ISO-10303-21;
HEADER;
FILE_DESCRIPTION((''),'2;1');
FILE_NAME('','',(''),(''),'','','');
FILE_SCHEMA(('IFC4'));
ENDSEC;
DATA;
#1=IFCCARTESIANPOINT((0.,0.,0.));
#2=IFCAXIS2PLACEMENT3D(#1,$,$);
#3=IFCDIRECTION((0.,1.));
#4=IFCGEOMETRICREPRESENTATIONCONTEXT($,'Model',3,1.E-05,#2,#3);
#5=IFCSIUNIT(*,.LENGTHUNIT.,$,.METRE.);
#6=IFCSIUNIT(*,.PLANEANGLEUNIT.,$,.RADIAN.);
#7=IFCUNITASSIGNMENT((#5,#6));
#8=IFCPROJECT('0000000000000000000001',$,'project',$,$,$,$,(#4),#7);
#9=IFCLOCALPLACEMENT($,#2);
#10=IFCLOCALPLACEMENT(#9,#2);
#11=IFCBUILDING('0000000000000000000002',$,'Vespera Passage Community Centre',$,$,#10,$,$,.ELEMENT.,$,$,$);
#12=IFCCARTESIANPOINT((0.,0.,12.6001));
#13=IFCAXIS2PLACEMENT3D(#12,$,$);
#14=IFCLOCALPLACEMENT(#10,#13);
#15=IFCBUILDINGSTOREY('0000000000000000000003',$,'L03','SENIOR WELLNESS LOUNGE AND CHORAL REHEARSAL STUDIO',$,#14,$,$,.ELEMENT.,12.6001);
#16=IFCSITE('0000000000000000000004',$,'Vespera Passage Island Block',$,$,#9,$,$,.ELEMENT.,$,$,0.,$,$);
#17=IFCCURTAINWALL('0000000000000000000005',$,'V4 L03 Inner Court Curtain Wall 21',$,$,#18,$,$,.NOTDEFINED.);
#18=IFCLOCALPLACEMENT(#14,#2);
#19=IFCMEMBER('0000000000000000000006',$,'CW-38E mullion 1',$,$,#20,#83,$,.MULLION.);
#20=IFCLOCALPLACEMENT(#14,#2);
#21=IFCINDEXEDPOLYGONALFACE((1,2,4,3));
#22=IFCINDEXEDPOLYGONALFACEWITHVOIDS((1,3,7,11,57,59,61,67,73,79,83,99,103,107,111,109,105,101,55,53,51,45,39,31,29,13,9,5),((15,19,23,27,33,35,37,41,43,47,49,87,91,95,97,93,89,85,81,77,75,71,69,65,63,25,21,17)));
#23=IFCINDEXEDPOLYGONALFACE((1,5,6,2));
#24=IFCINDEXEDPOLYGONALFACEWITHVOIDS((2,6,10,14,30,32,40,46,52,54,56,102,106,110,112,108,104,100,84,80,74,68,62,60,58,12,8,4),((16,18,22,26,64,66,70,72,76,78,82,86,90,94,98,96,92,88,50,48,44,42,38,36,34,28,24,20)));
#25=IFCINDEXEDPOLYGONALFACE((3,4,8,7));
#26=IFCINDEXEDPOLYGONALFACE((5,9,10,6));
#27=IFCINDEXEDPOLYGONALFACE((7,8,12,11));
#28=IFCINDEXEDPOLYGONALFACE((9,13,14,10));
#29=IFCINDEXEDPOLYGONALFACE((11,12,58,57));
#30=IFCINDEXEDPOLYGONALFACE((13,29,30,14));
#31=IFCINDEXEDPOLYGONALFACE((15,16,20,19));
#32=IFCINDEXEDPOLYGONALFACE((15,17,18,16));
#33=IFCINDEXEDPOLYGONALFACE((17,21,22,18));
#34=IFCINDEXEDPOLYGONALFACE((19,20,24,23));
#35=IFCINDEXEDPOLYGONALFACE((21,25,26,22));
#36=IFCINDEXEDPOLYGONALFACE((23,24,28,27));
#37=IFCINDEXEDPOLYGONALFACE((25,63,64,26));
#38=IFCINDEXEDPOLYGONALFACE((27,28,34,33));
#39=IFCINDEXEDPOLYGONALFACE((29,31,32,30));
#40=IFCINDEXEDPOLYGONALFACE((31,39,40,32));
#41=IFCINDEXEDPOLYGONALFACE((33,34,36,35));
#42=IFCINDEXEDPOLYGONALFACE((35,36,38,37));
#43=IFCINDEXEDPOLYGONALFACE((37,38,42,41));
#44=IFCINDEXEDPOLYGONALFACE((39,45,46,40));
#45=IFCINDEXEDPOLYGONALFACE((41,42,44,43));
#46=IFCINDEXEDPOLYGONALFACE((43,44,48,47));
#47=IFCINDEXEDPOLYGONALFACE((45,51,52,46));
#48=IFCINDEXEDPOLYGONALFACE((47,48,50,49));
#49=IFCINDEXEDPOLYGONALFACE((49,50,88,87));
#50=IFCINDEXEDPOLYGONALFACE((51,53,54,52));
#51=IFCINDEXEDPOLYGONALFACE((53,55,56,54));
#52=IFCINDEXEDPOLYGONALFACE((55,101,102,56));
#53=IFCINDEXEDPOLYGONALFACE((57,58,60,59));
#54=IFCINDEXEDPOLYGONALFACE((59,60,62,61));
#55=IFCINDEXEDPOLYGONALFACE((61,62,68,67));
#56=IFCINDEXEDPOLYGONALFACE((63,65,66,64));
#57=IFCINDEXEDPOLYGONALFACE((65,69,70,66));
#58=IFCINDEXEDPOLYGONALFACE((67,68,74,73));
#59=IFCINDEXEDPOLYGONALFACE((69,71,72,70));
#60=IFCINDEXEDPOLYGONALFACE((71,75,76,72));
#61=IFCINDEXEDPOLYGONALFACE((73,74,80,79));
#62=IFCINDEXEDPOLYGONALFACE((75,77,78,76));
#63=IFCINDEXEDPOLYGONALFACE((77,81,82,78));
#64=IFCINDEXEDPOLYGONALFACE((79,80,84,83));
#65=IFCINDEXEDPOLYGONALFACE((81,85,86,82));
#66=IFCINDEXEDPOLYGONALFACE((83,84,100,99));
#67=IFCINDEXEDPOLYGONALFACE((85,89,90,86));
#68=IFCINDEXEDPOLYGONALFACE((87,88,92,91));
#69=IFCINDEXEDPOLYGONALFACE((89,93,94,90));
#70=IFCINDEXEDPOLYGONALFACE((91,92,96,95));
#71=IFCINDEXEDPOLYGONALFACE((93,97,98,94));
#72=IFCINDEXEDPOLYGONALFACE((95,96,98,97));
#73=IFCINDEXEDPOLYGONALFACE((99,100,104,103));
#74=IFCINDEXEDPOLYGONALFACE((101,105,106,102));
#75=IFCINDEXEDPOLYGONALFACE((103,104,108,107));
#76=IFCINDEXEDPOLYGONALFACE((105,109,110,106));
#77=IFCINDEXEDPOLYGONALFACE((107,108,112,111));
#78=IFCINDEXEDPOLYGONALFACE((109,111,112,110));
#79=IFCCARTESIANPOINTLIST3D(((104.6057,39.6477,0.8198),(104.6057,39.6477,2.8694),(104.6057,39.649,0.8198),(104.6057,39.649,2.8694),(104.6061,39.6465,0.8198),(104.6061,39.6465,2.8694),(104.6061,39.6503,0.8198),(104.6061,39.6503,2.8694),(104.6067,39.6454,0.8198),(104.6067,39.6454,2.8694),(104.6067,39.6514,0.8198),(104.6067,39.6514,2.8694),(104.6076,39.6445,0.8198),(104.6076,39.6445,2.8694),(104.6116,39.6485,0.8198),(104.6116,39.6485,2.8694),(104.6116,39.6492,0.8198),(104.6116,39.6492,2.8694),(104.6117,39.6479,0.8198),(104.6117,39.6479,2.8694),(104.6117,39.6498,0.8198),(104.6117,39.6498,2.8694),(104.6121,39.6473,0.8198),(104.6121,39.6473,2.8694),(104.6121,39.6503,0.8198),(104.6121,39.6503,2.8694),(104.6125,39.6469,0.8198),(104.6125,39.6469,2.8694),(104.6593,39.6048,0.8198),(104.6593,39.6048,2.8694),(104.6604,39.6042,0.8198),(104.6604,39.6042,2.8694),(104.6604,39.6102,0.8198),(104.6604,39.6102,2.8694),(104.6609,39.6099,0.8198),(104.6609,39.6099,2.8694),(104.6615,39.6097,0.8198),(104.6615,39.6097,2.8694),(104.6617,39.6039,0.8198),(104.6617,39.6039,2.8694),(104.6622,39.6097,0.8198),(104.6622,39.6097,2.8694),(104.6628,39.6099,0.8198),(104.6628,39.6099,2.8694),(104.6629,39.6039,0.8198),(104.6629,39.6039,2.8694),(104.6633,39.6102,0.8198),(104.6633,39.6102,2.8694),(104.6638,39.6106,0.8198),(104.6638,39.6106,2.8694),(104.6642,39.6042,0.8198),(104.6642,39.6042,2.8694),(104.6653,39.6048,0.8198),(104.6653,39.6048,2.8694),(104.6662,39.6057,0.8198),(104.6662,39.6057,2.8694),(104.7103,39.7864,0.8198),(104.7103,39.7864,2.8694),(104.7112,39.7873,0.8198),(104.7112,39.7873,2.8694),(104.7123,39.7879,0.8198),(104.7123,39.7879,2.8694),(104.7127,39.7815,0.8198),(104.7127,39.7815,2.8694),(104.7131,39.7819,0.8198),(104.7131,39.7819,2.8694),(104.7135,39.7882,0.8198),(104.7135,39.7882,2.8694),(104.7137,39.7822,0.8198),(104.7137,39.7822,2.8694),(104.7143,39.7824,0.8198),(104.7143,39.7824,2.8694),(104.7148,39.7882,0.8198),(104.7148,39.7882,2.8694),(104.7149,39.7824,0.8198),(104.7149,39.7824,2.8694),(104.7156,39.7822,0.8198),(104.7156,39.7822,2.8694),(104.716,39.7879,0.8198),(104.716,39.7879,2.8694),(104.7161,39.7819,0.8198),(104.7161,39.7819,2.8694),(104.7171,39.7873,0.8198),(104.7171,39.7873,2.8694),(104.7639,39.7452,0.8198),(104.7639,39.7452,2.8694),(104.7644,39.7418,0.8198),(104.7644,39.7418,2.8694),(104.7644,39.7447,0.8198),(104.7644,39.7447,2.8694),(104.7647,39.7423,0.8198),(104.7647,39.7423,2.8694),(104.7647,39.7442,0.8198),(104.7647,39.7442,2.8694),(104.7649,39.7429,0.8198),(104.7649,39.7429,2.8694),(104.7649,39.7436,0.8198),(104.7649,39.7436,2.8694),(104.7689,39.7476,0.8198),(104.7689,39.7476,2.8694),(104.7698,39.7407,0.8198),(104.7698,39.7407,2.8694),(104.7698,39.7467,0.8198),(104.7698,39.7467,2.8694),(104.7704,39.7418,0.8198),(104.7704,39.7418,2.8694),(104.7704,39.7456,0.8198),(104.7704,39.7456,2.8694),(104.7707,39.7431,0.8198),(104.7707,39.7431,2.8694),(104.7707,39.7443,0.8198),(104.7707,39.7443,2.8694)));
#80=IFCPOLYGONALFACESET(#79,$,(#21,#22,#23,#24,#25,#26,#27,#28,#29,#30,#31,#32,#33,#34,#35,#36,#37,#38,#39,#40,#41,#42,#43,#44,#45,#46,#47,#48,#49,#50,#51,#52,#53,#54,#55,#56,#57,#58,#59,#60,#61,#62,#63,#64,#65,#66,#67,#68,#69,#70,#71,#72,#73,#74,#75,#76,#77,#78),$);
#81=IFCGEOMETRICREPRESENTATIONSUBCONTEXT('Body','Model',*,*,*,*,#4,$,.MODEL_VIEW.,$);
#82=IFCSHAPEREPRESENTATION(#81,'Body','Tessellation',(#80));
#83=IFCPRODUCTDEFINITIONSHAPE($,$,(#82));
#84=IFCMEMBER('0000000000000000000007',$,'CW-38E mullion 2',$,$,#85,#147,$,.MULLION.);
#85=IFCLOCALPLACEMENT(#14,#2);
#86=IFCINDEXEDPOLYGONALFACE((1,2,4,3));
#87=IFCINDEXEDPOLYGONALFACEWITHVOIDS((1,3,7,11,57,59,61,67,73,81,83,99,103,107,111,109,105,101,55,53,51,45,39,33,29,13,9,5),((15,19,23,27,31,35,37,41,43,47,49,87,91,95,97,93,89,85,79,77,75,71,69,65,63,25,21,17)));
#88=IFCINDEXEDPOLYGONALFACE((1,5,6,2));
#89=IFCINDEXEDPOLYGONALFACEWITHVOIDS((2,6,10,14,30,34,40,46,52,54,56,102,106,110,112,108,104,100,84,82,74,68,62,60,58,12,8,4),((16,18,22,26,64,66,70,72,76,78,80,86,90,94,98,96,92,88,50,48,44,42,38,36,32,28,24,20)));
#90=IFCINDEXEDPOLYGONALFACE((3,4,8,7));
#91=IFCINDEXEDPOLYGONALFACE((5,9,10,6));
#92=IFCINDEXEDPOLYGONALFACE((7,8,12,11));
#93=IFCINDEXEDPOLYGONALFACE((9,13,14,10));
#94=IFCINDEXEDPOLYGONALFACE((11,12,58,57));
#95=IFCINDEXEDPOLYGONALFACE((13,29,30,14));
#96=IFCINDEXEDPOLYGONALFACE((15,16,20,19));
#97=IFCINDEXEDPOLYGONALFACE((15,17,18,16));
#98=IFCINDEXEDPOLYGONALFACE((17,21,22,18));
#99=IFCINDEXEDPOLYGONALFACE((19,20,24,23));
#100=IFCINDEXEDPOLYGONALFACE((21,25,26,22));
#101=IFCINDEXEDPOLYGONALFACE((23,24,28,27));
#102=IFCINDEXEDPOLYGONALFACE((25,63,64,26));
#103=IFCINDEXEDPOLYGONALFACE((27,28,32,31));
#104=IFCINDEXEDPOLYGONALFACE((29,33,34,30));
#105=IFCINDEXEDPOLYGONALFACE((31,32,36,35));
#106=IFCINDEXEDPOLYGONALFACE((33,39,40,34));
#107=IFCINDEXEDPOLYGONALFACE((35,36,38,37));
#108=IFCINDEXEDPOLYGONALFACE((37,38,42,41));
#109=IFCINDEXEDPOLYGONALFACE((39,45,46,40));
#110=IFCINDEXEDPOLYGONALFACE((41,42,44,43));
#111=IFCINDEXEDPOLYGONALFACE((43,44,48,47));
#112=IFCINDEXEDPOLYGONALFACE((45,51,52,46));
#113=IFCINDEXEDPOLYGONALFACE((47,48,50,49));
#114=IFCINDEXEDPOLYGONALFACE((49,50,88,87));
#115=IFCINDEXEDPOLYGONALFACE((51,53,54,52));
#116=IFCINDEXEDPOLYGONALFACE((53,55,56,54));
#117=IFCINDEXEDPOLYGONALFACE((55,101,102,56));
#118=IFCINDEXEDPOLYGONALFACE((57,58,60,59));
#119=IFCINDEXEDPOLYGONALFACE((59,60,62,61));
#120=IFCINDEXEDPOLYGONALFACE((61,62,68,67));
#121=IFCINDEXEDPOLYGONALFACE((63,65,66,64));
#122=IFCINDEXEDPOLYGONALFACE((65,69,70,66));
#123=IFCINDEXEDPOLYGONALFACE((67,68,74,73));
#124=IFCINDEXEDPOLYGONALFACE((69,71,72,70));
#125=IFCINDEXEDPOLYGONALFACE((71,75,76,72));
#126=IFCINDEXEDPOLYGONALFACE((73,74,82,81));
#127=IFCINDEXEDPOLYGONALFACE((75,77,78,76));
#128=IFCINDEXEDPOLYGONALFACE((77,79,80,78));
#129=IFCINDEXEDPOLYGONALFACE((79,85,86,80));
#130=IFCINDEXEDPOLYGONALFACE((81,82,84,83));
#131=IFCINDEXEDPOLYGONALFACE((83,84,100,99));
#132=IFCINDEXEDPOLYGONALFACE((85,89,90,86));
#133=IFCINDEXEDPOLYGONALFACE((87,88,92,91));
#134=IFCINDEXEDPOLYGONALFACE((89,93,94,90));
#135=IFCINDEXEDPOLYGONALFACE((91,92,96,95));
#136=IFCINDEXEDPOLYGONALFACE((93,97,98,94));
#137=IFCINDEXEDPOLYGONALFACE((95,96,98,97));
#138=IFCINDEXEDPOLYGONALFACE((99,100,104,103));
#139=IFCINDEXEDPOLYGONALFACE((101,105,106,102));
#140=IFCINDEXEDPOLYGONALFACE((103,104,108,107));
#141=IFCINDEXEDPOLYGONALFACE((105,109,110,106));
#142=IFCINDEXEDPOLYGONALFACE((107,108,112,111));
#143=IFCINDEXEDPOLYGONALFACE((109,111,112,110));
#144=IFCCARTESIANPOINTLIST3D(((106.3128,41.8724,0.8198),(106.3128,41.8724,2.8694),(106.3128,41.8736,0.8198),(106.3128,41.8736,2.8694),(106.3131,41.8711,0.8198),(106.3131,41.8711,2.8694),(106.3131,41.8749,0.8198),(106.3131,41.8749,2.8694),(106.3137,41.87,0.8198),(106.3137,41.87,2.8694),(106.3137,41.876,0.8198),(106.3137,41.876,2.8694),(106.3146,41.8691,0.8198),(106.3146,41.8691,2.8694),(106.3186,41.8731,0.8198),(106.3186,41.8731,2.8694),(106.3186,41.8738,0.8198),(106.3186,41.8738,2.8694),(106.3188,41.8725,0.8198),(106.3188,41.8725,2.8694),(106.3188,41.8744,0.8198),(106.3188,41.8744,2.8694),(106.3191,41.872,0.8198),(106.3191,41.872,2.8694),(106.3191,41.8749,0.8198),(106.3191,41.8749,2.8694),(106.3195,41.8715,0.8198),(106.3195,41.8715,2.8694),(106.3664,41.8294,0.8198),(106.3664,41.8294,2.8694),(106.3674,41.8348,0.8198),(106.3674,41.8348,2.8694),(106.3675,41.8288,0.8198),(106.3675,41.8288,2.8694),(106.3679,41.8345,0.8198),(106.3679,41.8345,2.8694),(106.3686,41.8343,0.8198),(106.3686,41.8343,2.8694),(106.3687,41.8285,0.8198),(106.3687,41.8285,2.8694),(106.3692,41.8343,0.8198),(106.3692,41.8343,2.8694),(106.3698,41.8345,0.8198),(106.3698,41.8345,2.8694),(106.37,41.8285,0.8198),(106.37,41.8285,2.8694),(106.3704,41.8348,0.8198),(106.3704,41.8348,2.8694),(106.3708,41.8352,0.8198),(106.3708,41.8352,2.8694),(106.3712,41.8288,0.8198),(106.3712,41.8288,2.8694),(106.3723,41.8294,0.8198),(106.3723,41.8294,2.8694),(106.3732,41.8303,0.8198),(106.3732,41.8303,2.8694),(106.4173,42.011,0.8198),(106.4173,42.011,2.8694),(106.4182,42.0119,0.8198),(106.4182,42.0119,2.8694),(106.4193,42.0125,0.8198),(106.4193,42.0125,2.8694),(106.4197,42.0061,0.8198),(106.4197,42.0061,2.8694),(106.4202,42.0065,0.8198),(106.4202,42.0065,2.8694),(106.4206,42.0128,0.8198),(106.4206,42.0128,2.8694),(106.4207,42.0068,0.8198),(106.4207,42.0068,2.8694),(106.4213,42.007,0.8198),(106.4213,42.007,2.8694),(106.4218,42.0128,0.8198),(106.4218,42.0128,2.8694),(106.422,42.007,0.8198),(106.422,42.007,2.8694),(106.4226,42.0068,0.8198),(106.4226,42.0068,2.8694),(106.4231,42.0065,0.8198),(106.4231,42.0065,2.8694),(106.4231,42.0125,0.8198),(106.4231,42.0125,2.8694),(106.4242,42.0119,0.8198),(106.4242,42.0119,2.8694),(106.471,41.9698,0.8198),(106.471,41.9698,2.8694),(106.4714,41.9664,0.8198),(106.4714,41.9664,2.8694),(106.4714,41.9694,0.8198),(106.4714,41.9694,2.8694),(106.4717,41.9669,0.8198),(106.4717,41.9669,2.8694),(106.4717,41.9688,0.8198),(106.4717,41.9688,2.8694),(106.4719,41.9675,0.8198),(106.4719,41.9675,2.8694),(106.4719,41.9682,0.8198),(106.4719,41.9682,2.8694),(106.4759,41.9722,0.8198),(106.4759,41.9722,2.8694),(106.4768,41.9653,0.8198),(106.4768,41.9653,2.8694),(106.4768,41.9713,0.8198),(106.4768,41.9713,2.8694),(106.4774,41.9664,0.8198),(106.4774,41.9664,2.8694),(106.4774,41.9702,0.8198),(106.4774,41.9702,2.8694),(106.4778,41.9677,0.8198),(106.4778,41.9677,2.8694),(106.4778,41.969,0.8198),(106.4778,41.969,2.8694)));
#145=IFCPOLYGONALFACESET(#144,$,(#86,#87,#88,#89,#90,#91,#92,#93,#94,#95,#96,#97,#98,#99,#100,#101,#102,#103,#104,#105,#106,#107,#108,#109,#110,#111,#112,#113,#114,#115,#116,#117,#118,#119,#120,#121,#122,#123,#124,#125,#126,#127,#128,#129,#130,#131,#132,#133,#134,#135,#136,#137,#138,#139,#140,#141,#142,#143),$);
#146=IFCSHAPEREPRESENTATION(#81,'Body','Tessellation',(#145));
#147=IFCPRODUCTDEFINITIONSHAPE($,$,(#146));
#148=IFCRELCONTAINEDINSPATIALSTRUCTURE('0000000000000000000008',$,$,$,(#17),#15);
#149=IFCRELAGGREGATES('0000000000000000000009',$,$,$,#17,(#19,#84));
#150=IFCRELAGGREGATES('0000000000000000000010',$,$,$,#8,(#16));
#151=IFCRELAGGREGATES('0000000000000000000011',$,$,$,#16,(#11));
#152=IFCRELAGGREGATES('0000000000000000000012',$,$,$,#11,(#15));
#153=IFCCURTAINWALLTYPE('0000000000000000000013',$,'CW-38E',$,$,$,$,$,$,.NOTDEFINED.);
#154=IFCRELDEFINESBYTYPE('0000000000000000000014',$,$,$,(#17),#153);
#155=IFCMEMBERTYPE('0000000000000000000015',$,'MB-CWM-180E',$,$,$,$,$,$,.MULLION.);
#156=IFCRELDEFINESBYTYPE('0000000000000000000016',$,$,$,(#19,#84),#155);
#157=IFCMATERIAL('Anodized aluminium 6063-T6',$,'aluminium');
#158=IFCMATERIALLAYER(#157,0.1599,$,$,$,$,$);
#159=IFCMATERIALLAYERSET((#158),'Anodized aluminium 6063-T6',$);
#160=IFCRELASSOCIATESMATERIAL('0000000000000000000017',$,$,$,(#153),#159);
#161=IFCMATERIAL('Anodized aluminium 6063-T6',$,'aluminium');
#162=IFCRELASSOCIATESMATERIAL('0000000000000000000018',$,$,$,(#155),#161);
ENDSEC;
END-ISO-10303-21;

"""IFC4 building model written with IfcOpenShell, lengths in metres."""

from ifc_helpers import new_model, si_unit, direction, frame, origin, origin_2d, place, context, subcontext, project, spatial, hollow_rectangle, extrude, material, layer, layer_set, material_profile, profile_set, type_object, element, aggregate, save


model = new_model("IFC4")

# Units and contexts
model_context = context("Model", 3, precision=1e-05, world=origin(), true_north=direction((0.0, 1.0)))
body_context = subcontext(model_context, "Body", "Model", "MODEL_VIEW")
ifc_project = project(units=[si_unit("LENGTHUNIT", "METRE"), si_unit("PLANEANGLEUNIT", "RADIAN")], contexts=[model_context])

# Site, building, storey
site_placement = place(None, origin())
site = spatial("IfcSite", under=ifc_project, at=site_placement, Name="Vespera Passage Island Block", CompositionType="ELEMENT", RefElevation=0.0)
building_placement = place(site_placement, origin())
building = spatial("IfcBuilding", under=site, at=building_placement, Name="Vespera Passage Community Centre", CompositionType="ELEMENT")
storey_placement = place(building_placement, frame((0.0, 0.0, 12.6001)))
storey = spatial("IfcBuildingStorey", under=building, at=storey_placement, Name="L03", Description="SENIOR WELLNESS LOUNGE AND CHORAL REHEARSAL STUDIO", CompositionType="ELEMENT", Elevation=12.6001)

# Curtain wall, members
ifc_material_1 = material(Name="Anodized aluminium 6063-T6", Category="aluminium")
ifc_layer_1 = layer(ifc_material_1, 0.1599)
ifc_layer_set_1 = layer_set([ifc_layer_1], Name="Anodized aluminium 6063-T6")
curtain_wall_type = type_object("IfcCurtainWallType", Name="CW-38E", PredefinedType="NOTDEFINED", material=ifc_layer_set_1)
curtain_wall_placement = place(storey_placement, origin())
curtain_wall = element("IfcCurtainWall", 1, at=curtain_wall_placement, inside=storey, type_object=curtain_wall_type, Name="V4 L03 Inner Court Curtain Wall 21", PredefinedType="NOTDEFINED")
ifc_material_2 = material(Name="Anodized aluminium 6063-T6", Category="aluminium")
ifc_material_profile_1 = material_profile(ifc_material_2, hollow_rectangle(XDim=0.075, YDim=0.1799, WallThickness=0.0049, InnerFilletRadius=0.0024, OuterFilletRadius=0.0049, at=origin_2d()), Name="ALU180X75X5")
ifc_profile_set_1 = profile_set([ifc_material_profile_1], Name="Anodized aluminium 6063-T6")
member_type_1 = type_object("IfcMemberType", Name="MB-CWM-180E", PredefinedType="MULLION", material=ifc_profile_set_1)
member_1_placement = place(storey_placement, frame((104.6882, 39.696, 0.8198), z_axis=(0.0, 0.0, 1.0), x_axis=(-0.793358, 0.608755, 0.0)))
member_1 = element("IfcMember", 2, at=member_1_placement, type_object=member_type_1, Name="CW-38E mullion 1", PredefinedType="MULLION", context=body_context, shape_type="SweptSolid", body=[
    extrude(hollow_rectangle(XDim=0.075, YDim=0.1799, WallThickness=0.0049, InnerFilletRadius=0.0024, OuterFilletRadius=0.0049, at=origin_2d()), origin(), (0.0, 0.0, 1.0), 2.0496),
])
member_2_placement = place(storey_placement, frame((106.3953, 41.9207, 0.8198), z_axis=(0.0, 0.0, 1.0), x_axis=(-0.793358, 0.608755, 0.0)))
member_2 = element("IfcMember", 3, at=member_2_placement, type_object=member_type_1, Name="CW-38E mullion 2", PredefinedType="MULLION", context=body_context, shape_type="SweptSolid", body=[
    extrude(hollow_rectangle(XDim=0.075, YDim=0.1799, WallThickness=0.0049, InnerFilletRadius=0.0024, OuterFilletRadius=0.0049, at=origin_2d()), origin(), (0.0, 0.0, 1.0), 2.0496),
])
aggregate(curtain_wall, [member_1, member_2])

save(model, "model.ifc")
